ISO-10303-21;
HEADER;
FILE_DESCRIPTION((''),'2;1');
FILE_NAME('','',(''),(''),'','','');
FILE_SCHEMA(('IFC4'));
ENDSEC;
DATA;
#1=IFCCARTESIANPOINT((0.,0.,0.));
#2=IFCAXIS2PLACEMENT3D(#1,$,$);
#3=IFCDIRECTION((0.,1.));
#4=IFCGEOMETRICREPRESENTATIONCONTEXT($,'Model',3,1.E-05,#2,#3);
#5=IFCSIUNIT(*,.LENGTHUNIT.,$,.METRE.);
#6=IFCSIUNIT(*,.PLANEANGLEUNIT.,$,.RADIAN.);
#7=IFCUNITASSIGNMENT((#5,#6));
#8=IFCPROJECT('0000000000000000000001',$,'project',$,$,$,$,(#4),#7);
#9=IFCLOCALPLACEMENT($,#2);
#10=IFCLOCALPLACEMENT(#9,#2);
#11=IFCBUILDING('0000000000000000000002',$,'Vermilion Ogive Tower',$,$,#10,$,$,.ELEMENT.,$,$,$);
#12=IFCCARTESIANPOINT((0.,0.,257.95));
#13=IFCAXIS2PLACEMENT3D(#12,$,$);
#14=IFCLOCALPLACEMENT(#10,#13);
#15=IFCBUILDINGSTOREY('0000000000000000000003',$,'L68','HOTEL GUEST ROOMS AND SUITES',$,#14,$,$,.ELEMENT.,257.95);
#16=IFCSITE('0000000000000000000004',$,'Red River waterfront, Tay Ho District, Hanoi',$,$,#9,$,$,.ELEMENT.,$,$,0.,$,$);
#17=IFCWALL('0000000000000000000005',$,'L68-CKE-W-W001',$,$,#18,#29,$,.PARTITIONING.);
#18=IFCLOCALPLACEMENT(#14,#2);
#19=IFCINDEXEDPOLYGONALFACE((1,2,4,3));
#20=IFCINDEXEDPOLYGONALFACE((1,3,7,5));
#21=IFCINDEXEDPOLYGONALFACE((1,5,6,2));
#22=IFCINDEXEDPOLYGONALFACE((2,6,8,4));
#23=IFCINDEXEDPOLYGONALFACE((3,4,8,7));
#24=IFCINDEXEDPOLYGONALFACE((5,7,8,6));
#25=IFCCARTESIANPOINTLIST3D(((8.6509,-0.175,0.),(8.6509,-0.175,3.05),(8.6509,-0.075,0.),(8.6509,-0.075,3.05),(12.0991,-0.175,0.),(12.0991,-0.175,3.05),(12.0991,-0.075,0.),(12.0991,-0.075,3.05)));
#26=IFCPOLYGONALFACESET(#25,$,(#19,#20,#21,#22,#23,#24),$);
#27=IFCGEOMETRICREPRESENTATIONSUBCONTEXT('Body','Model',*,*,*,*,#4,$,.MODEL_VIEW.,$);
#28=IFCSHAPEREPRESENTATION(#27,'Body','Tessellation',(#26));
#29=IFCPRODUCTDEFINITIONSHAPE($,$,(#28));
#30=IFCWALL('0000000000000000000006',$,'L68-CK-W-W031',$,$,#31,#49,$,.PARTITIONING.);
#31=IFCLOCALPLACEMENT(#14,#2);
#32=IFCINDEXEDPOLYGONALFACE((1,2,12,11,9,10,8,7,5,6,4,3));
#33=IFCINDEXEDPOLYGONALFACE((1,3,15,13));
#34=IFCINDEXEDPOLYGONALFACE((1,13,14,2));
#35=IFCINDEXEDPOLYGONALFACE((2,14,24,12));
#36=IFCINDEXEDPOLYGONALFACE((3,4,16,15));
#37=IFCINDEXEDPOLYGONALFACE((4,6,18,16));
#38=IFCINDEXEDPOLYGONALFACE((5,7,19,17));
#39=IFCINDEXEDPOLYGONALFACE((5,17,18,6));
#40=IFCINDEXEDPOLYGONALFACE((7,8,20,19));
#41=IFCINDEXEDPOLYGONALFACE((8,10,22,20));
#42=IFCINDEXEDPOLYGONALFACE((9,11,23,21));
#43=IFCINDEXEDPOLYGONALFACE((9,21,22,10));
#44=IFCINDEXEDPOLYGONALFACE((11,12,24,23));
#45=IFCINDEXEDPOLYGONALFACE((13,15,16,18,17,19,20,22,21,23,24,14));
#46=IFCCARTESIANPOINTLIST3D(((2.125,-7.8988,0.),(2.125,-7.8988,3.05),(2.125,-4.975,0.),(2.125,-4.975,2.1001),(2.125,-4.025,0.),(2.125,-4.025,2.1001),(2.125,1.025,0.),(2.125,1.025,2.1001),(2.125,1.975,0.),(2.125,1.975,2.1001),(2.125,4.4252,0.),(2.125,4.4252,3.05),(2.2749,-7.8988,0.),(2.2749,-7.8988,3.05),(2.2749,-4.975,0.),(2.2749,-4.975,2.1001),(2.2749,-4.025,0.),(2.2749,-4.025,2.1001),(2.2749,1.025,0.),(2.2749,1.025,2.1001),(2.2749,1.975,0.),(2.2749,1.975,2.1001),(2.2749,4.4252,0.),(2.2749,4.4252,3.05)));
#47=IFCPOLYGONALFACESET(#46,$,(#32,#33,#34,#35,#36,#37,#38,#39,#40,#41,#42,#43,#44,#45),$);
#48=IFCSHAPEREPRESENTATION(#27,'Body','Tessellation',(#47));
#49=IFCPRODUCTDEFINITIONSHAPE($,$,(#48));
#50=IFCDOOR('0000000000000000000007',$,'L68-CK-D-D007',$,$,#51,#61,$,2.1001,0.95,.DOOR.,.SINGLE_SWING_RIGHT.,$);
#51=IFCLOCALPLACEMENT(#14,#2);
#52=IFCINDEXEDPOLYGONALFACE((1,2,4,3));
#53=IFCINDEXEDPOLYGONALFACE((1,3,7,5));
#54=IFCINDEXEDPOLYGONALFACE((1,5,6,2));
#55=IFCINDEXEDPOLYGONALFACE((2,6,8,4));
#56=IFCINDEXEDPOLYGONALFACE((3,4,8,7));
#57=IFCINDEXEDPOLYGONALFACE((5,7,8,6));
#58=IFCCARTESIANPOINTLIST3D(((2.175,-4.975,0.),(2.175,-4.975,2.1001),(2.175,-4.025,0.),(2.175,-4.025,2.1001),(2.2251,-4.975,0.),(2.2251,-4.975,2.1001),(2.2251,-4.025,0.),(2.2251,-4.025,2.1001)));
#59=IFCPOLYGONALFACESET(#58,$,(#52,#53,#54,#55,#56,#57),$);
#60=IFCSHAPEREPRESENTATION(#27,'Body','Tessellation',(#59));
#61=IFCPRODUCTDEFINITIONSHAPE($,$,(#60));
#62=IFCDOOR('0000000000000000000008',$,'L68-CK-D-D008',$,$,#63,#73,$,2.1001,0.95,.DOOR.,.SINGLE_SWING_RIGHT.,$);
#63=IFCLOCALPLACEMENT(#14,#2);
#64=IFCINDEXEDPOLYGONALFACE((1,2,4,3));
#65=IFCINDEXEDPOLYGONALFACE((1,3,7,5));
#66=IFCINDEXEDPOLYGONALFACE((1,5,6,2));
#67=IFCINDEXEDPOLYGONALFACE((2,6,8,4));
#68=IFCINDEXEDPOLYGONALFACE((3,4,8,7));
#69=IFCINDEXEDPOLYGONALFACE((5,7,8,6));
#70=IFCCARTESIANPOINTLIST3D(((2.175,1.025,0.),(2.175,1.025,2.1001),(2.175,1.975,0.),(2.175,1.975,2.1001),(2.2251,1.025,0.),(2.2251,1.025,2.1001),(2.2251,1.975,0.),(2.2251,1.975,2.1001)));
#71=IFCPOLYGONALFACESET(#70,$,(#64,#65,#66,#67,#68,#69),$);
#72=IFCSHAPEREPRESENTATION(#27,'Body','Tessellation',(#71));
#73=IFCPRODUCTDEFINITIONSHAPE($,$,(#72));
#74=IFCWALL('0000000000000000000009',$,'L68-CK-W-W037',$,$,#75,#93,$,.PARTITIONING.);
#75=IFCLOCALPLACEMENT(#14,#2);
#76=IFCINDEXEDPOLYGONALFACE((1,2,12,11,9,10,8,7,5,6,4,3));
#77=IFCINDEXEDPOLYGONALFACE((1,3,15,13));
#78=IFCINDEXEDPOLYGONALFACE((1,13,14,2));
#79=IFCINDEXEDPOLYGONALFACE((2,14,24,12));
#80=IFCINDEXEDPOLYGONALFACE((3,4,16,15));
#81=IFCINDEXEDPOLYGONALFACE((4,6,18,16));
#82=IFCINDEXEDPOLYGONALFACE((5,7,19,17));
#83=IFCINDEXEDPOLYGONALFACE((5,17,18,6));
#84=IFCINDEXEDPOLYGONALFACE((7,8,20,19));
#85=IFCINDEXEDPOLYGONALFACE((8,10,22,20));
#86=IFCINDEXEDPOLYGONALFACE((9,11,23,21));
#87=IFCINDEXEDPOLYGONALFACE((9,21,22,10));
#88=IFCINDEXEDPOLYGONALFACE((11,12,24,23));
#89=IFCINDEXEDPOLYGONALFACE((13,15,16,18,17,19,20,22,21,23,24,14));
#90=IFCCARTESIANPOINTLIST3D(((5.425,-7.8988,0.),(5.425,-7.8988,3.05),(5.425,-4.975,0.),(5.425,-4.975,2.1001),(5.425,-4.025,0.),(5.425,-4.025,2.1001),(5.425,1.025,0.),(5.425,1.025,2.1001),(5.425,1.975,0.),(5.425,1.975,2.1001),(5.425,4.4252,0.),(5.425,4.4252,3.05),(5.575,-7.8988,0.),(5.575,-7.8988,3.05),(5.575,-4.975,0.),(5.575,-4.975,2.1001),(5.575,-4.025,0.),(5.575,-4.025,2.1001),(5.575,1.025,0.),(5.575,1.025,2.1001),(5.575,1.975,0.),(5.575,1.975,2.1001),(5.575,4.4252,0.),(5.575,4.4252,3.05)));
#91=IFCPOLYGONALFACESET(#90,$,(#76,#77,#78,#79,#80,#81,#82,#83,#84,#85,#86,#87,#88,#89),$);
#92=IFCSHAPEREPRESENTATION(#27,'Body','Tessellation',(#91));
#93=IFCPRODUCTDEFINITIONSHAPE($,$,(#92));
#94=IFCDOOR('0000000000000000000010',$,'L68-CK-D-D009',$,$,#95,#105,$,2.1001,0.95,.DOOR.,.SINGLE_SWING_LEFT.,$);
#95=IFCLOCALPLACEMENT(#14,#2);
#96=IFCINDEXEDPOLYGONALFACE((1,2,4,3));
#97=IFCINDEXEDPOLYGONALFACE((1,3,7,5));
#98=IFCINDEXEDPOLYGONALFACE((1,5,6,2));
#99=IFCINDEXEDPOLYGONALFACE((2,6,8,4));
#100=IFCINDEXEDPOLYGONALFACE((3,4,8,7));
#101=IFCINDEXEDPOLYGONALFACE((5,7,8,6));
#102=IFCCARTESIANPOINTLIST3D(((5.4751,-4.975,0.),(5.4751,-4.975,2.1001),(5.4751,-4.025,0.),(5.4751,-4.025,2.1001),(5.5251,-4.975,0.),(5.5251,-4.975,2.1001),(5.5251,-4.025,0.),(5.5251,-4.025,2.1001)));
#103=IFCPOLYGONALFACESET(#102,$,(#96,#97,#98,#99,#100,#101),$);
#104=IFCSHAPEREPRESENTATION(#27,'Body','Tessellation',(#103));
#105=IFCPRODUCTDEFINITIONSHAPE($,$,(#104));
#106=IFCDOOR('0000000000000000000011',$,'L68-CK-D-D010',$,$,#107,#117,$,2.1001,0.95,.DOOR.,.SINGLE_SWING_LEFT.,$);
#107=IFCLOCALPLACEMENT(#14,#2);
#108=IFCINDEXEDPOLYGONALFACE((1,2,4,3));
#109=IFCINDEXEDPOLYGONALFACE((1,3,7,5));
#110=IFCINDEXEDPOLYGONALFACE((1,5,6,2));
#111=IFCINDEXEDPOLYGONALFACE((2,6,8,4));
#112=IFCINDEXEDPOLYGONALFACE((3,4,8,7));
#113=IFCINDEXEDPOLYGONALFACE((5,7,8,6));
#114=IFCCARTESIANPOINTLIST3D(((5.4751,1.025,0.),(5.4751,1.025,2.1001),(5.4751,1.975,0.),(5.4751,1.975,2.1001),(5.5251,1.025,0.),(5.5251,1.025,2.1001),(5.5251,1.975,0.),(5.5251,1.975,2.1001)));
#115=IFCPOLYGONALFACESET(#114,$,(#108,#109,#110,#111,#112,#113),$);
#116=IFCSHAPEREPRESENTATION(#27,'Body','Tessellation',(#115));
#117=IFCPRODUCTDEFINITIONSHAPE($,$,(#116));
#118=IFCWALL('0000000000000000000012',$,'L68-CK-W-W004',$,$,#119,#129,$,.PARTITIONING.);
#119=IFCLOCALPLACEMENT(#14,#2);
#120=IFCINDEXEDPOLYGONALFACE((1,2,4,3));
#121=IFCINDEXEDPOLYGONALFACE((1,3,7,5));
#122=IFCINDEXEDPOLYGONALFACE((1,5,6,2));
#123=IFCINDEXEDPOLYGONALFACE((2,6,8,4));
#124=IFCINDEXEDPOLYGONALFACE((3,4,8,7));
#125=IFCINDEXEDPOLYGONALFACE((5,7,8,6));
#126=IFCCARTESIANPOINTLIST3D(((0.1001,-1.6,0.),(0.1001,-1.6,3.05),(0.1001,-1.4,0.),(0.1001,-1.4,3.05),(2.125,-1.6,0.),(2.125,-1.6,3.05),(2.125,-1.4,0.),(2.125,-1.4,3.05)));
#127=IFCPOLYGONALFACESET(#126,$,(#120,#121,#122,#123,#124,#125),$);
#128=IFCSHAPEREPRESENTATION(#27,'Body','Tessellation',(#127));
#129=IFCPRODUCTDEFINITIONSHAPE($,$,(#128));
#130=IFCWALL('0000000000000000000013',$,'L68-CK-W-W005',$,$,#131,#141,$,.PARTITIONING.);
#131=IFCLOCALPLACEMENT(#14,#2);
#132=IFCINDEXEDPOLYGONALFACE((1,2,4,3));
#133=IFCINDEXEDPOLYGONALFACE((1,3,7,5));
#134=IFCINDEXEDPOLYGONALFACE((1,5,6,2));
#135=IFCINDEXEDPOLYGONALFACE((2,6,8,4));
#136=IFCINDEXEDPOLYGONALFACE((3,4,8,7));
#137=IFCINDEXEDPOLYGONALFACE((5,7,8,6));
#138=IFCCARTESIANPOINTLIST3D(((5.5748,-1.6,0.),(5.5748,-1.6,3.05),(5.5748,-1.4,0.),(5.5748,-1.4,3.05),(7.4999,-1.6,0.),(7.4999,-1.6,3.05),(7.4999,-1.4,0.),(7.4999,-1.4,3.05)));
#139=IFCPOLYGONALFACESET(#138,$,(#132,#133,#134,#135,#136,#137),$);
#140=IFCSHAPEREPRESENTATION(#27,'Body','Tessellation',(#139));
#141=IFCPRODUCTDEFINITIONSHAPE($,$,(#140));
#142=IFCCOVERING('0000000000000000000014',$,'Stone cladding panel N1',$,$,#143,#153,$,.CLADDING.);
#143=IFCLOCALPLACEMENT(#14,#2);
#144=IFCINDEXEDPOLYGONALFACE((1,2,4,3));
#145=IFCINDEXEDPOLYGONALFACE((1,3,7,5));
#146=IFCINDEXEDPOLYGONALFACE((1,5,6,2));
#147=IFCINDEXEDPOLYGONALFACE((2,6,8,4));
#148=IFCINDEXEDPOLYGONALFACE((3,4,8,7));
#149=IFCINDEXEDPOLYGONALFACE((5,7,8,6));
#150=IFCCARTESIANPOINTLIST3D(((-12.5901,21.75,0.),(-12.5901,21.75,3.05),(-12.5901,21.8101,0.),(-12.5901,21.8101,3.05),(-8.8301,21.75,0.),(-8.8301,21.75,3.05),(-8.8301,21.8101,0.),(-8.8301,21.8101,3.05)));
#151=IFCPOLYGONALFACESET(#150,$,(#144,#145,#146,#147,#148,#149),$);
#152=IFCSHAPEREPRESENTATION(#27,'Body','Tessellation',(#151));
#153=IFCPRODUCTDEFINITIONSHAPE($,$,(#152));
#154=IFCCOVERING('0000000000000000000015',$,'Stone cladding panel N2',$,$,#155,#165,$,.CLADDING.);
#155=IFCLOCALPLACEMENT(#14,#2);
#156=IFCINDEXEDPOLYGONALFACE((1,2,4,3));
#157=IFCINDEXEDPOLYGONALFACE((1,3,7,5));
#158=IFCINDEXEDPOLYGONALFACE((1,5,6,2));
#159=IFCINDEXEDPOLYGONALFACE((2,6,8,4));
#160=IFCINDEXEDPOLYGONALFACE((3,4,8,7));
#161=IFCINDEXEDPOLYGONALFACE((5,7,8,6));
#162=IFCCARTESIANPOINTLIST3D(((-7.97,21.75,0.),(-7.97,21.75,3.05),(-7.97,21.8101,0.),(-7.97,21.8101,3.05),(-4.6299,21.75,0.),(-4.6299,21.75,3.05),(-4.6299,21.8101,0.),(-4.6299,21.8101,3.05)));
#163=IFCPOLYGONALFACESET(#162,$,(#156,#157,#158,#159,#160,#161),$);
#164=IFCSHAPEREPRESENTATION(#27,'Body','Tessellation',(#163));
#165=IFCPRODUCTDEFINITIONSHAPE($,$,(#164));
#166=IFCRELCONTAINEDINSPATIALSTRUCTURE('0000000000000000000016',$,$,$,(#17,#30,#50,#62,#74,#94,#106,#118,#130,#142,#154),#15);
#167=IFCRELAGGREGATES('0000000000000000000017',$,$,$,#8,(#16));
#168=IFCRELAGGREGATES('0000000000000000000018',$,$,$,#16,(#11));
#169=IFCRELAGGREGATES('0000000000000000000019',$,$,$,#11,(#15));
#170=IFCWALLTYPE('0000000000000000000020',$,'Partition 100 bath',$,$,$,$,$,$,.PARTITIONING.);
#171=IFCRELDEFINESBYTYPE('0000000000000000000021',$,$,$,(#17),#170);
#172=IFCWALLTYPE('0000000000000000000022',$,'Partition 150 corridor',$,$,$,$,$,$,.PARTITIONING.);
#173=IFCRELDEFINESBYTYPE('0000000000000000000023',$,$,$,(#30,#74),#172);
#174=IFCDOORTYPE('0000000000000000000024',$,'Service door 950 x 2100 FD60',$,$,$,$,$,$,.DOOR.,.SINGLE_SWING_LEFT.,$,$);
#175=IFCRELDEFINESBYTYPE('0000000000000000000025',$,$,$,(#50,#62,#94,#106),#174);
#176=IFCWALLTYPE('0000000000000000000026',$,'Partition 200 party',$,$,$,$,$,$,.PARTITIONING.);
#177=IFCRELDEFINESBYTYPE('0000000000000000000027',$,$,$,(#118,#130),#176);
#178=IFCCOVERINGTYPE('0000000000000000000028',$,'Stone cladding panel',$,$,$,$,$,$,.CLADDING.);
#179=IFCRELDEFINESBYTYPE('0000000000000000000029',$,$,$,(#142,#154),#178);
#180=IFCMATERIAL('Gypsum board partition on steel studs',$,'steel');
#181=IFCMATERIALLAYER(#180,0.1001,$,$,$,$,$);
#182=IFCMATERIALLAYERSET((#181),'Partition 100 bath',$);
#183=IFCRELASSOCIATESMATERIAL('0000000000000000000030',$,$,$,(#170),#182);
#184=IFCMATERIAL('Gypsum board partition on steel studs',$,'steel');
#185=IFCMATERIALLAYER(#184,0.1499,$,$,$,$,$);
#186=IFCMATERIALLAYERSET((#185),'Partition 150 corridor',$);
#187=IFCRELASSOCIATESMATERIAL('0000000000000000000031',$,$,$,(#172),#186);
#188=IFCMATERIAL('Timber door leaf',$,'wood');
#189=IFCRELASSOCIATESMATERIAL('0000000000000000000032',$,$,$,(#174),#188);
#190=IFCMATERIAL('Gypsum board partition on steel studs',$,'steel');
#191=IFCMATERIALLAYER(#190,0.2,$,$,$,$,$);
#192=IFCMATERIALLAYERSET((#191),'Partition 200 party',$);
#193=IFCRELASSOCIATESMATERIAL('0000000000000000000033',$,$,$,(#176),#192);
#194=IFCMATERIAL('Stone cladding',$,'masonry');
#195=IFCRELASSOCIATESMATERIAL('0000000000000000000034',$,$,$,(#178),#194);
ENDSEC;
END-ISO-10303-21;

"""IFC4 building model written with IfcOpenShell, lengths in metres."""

from ifc_helpers import new_model, si_unit, direction, frame, frame_2d, origin, place, context, subcontext, project, spatial, polyline, rectangle, outline, extrude, material, layer, layer_set, type_object, element, fill, save


model = new_model("IFC4")

# Units and contexts
model_context = context("Model", 3, precision=1e-05, world=origin(), true_north=direction((0.0, 1.0)))
body_context = subcontext(model_context, "Body", "Model", "MODEL_VIEW")
ifc_project = project(units=[si_unit("LENGTHUNIT", "METRE"), si_unit("PLANEANGLEUNIT", "RADIAN")], contexts=[model_context])

# Site, building, storey
site_placement = place(None, origin())
site = spatial("IfcSite", under=ifc_project, at=site_placement, Name="Red River waterfront, Tay Ho District, Hanoi", CompositionType="ELEMENT", RefElevation=0.0)
building_placement = place(site_placement, origin())
building = spatial("IfcBuilding", under=site, at=building_placement, Name="Vermilion Ogive Tower", CompositionType="ELEMENT")
storey_placement = place(building_placement, frame((0.0, 0.0, 257.95)))
storey = spatial("IfcBuildingStorey", under=building, at=storey_placement, Name="L68", Description="HOTEL GUEST ROOMS AND SUITES", CompositionType="ELEMENT", Elevation=257.95)

# Wall
ifc_material_1 = material(Name="Gypsum board partition on steel studs", Category="steel")
ifc_layer_1 = layer(ifc_material_1, 0.1001)
ifc_layer_set_1 = layer_set([ifc_layer_1], Name="Partition 100 bath")
wall_type_1 = type_object("IfcWallType", Name="Partition 100 bath", PredefinedType="PARTITIONING", material=ifc_layer_set_1)
wall_1_placement = place(storey_placement, frame((8.6509, -0.125, 0.0), z_axis=(0.0, 0.0, 1.0), x_axis=(1.0, 0.0, 0.0)))
element("IfcWall", 1, at=wall_1_placement, inside=storey, type_object=wall_type_1, Name="L68-CKE-W-W001", PredefinedType="PARTITIONING", context=body_context, shape_type="SweptSolid", body=[
    extrude(rectangle(XDim=3.4482, YDim=0.1001, at=frame_2d((1.7241, 0.0))), origin(), (0.0, 0.0, 1.0), 3.05),
])

# Walls, openings, doors
ifc_material_2 = material(Name="Gypsum board partition on steel studs", Category="steel")
ifc_layer_2 = layer(ifc_material_2, 0.1499)
ifc_layer_set_2 = layer_set([ifc_layer_2], Name="Partition 150 corridor")
wall_type_2 = type_object("IfcWallType", Name="Partition 150 corridor", PredefinedType="PARTITIONING", material=ifc_layer_set_2)
wall_2_placement = place(storey_placement, frame((2.2, -7.8989, 0.0), z_axis=(0.0, 0.0, 1.0), x_axis=(0.0, 1.0, 0.0)))
wall_2 = element("IfcWall", 2, at=wall_2_placement, inside=storey, type_object=wall_type_2, Name="L68-CK-W-W031", PredefinedType="PARTITIONING", context=body_context, shape_type="SweptSolid", body=[
    extrude(rectangle(XDim=12.324, YDim=0.1499, at=frame_2d((6.1621, 0.0))), origin(), (0.0, 0.0, 1.0), 3.05),
])
opening_1_placement = place(wall_2_placement, frame((2.9238, 0.0, 0.0)))
opening_1 = element("IfcOpeningElement", 3, at=opening_1_placement, cuts=wall_2, PredefinedType="OPENING", context=body_context, shape_type="SweptSolid", body=[
    extrude(rectangle(XDim=0.95, YDim=2.1001, at=frame_2d((0.4751, 1.05))), frame((0.0, 0.085, 0.0), z_axis=(0.0, -1.0, 0.0), x_axis=(1.0, 0.0, 0.0)), (0.0, 0.0, 1.0), 0.1699),
])
opening_2_placement = place(wall_2_placement, frame((8.9238, 0.0, 0.0)))
opening_2 = element("IfcOpeningElement", 4, at=opening_2_placement, cuts=wall_2, PredefinedType="OPENING", context=body_context, shape_type="SweptSolid", body=[
    extrude(rectangle(XDim=0.95, YDim=2.1001, at=frame_2d((0.4751, 1.05))), frame((0.0, 0.085, 0.0), z_axis=(0.0, -1.0, 0.0), x_axis=(1.0, 0.0, 0.0)), (0.0, 0.0, 1.0), 0.1699),
])
ifc_material_3 = material(Name="Timber door leaf", Category="wood")
door_type = type_object("IfcDoorType", Name="Service door 950 x 2100 FD60", OperationType="SINGLE_SWING_LEFT", PredefinedType="DOOR", material=ifc_material_3)
door_1_placement = place(opening_1_placement, origin())
door_1 = element("IfcDoor", 5, at=door_1_placement, inside=storey, type_object=door_type, Name="L68-CK-D-D007", OperationType="SINGLE_SWING_RIGHT", OverallHeight=2.1001, OverallWidth=0.95, PredefinedType="DOOR", context=body_context, shape_type="SweptSolid", body=[
    extrude(rectangle(XDim=0.95, YDim=2.1001, at=frame_2d((0.4751, 1.05))), frame((0.0, 0.0249, 0.0), z_axis=(0.0, -1.0, 0.0), x_axis=(1.0, 0.0, 0.0)), (0.0, 0.0, 1.0), 0.05),
])
fill(opening_1, door_1)
door_2_placement = place(opening_2_placement, origin())
door_2 = element("IfcDoor", 6, at=door_2_placement, inside=storey, type_object=door_type, Name="L68-CK-D-D008", OperationType="SINGLE_SWING_RIGHT", OverallHeight=2.1001, OverallWidth=0.95, PredefinedType="DOOR", context=body_context, shape_type="SweptSolid", body=[
    extrude(rectangle(XDim=0.95, YDim=2.1001, at=frame_2d((0.4751, 1.05))), frame((0.0, 0.0249, 0.0), z_axis=(0.0, -1.0, 0.0), x_axis=(1.0, 0.0, 0.0)), (0.0, 0.0, 1.0), 0.05),
])
fill(opening_2, door_2)
wall_3_placement = place(storey_placement, frame((5.5, -7.8989, 0.0), z_axis=(0.0, 0.0, 1.0), x_axis=(0.0, 1.0, 0.0)))
wall_3 = element("IfcWall", 7, at=wall_3_placement, inside=storey, type_object=wall_type_2, Name="L68-CK-W-W037", PredefinedType="PARTITIONING", context=body_context, shape_type="SweptSolid", body=[
    extrude(rectangle(XDim=12.324, YDim=0.1499, at=frame_2d((6.1621, 0.0))), origin(), (0.0, 0.0, 1.0), 3.05),
])
opening_3_placement = place(wall_3_placement, frame((2.9238, 0.0, 0.0)))
opening_3 = element("IfcOpeningElement", 8, at=opening_3_placement, cuts=wall_3, PredefinedType="OPENING", context=body_context, shape_type="SweptSolid", body=[
    extrude(rectangle(XDim=0.95, YDim=2.1001, at=frame_2d((0.4751, 1.05))), frame((0.0, 0.085, 0.0), z_axis=(0.0, -1.0, 0.0), x_axis=(1.0, 0.0, 0.0)), (0.0, 0.0, 1.0), 0.1699),
])
opening_4_placement = place(wall_3_placement, frame((8.9238, 0.0, 0.0)))
opening_4 = element("IfcOpeningElement", 9, at=opening_4_placement, cuts=wall_3, PredefinedType="OPENING", context=body_context, shape_type="SweptSolid", body=[
    extrude(rectangle(XDim=0.95, YDim=2.1001, at=frame_2d((0.4751, 1.05))), frame((0.0, 0.085, 0.0), z_axis=(0.0, -1.0, 0.0), x_axis=(1.0, 0.0, 0.0)), (0.0, 0.0, 1.0), 0.1699),
])
door_3_placement = place(opening_3_placement, origin())
door_3 = element("IfcDoor", 10, at=door_3_placement, inside=storey, type_object=door_type, Name="L68-CK-D-D009", OperationType="SINGLE_SWING_LEFT", OverallHeight=2.1001, OverallWidth=0.95, PredefinedType="DOOR", context=body_context, shape_type="SweptSolid", body=[
    extrude(rectangle(XDim=0.95, YDim=2.1001, at=frame_2d((0.4751, 1.05))), frame((0.0, 0.0249, 0.0), z_axis=(0.0, -1.0, 0.0), x_axis=(1.0, 0.0, 0.0)), (0.0, 0.0, 1.0), 0.05),
])
fill(opening_3, door_3)
door_4_placement = place(opening_4_placement, origin())
door_4 = element("IfcDoor", 11, at=door_4_placement, inside=storey, type_object=door_type, Name="L68-CK-D-D010", OperationType="SINGLE_SWING_LEFT", OverallHeight=2.1001, OverallWidth=0.95, PredefinedType="DOOR", context=body_context, shape_type="SweptSolid", body=[
    extrude(rectangle(XDim=0.95, YDim=2.1001, at=frame_2d((0.4751, 1.05))), frame((0.0, 0.0249, 0.0), z_axis=(0.0, -1.0, 0.0), x_axis=(1.0, 0.0, 0.0)), (0.0, 0.0, 1.0), 0.05),
])
fill(opening_4, door_4)

# Walls
ifc_material_4 = material(Name="Gypsum board partition on steel studs", Category="steel")
ifc_layer_3 = layer(ifc_material_4, 0.2)
ifc_layer_set_3 = layer_set([ifc_layer_3], Name="Partition 200 party")
wall_type_3 = type_object("IfcWallType", Name="Partition 200 party", PredefinedType="PARTITIONING", material=ifc_layer_set_3)
wall_4_placement = place(storey_placement, frame((0.1001, -1.5, 0.0), z_axis=(0.0, 0.0, 1.0), x_axis=(1.0, 0.0, 0.0)))
element("IfcWall", 12, at=wall_4_placement, inside=storey, type_object=wall_type_3, Name="L68-CK-W-W004", PredefinedType="PARTITIONING", context=body_context, shape_type="SweptSolid", body=[
    extrude(rectangle(XDim=2.0249, YDim=0.2, at=frame_2d((1.0125, 0.0))), origin(), (0.0, 0.0, 1.0), 3.05),
])
wall_5_placement = place(storey_placement, frame((5.575, -1.5, 0.0), z_axis=(0.0, 0.0, 1.0), x_axis=(1.0, 0.0, 0.0)))
element("IfcWall", 13, at=wall_5_placement, inside=storey, type_object=wall_type_3, Name="L68-CK-W-W005", PredefinedType="PARTITIONING", context=body_context, shape_type="SweptSolid", body=[
    extrude(rectangle(XDim=1.925, YDim=0.2, at=frame_2d((0.9624, 0.0))), origin(), (0.0, 0.0, 1.0), 3.05),
])

# Coverings
ifc_material_5 = material(Name="Stone cladding", Category="masonry")
covering_type_1 = type_object("IfcCoveringType", Name="Stone cladding panel", PredefinedType="CLADDING", material=ifc_material_5)
covering_1_placement = place(storey_placement, origin())
element("IfcCovering", 14, at=covering_1_placement, inside=storey, type_object=covering_type_1, Name="Stone cladding panel N1", PredefinedType="CLADDING", context=body_context, shape_type="SweptSolid", body=[
    extrude(outline(polyline([(-12.5901, 21.75), (-8.8301, 21.75), (-8.8301, 21.8101), (-12.5901, 21.8101), (-12.5901, 21.75)])), origin(), (0.0, 0.0, 1.0), 3.05),
])
covering_2_placement = place(storey_placement, origin())
element("IfcCovering", 15, at=covering_2_placement, inside=storey, type_object=covering_type_1, Name="Stone cladding panel N2", PredefinedType="CLADDING", context=body_context, shape_type="SweptSolid", body=[
    extrude(outline(polyline([(-7.97, 21.75), (-4.6299, 21.75), (-4.6299, 21.8101), (-7.97, 21.8101), (-7.97, 21.75)])), origin(), (0.0, 0.0, 1.0), 3.05),
])

save(model, "model.ifc")
